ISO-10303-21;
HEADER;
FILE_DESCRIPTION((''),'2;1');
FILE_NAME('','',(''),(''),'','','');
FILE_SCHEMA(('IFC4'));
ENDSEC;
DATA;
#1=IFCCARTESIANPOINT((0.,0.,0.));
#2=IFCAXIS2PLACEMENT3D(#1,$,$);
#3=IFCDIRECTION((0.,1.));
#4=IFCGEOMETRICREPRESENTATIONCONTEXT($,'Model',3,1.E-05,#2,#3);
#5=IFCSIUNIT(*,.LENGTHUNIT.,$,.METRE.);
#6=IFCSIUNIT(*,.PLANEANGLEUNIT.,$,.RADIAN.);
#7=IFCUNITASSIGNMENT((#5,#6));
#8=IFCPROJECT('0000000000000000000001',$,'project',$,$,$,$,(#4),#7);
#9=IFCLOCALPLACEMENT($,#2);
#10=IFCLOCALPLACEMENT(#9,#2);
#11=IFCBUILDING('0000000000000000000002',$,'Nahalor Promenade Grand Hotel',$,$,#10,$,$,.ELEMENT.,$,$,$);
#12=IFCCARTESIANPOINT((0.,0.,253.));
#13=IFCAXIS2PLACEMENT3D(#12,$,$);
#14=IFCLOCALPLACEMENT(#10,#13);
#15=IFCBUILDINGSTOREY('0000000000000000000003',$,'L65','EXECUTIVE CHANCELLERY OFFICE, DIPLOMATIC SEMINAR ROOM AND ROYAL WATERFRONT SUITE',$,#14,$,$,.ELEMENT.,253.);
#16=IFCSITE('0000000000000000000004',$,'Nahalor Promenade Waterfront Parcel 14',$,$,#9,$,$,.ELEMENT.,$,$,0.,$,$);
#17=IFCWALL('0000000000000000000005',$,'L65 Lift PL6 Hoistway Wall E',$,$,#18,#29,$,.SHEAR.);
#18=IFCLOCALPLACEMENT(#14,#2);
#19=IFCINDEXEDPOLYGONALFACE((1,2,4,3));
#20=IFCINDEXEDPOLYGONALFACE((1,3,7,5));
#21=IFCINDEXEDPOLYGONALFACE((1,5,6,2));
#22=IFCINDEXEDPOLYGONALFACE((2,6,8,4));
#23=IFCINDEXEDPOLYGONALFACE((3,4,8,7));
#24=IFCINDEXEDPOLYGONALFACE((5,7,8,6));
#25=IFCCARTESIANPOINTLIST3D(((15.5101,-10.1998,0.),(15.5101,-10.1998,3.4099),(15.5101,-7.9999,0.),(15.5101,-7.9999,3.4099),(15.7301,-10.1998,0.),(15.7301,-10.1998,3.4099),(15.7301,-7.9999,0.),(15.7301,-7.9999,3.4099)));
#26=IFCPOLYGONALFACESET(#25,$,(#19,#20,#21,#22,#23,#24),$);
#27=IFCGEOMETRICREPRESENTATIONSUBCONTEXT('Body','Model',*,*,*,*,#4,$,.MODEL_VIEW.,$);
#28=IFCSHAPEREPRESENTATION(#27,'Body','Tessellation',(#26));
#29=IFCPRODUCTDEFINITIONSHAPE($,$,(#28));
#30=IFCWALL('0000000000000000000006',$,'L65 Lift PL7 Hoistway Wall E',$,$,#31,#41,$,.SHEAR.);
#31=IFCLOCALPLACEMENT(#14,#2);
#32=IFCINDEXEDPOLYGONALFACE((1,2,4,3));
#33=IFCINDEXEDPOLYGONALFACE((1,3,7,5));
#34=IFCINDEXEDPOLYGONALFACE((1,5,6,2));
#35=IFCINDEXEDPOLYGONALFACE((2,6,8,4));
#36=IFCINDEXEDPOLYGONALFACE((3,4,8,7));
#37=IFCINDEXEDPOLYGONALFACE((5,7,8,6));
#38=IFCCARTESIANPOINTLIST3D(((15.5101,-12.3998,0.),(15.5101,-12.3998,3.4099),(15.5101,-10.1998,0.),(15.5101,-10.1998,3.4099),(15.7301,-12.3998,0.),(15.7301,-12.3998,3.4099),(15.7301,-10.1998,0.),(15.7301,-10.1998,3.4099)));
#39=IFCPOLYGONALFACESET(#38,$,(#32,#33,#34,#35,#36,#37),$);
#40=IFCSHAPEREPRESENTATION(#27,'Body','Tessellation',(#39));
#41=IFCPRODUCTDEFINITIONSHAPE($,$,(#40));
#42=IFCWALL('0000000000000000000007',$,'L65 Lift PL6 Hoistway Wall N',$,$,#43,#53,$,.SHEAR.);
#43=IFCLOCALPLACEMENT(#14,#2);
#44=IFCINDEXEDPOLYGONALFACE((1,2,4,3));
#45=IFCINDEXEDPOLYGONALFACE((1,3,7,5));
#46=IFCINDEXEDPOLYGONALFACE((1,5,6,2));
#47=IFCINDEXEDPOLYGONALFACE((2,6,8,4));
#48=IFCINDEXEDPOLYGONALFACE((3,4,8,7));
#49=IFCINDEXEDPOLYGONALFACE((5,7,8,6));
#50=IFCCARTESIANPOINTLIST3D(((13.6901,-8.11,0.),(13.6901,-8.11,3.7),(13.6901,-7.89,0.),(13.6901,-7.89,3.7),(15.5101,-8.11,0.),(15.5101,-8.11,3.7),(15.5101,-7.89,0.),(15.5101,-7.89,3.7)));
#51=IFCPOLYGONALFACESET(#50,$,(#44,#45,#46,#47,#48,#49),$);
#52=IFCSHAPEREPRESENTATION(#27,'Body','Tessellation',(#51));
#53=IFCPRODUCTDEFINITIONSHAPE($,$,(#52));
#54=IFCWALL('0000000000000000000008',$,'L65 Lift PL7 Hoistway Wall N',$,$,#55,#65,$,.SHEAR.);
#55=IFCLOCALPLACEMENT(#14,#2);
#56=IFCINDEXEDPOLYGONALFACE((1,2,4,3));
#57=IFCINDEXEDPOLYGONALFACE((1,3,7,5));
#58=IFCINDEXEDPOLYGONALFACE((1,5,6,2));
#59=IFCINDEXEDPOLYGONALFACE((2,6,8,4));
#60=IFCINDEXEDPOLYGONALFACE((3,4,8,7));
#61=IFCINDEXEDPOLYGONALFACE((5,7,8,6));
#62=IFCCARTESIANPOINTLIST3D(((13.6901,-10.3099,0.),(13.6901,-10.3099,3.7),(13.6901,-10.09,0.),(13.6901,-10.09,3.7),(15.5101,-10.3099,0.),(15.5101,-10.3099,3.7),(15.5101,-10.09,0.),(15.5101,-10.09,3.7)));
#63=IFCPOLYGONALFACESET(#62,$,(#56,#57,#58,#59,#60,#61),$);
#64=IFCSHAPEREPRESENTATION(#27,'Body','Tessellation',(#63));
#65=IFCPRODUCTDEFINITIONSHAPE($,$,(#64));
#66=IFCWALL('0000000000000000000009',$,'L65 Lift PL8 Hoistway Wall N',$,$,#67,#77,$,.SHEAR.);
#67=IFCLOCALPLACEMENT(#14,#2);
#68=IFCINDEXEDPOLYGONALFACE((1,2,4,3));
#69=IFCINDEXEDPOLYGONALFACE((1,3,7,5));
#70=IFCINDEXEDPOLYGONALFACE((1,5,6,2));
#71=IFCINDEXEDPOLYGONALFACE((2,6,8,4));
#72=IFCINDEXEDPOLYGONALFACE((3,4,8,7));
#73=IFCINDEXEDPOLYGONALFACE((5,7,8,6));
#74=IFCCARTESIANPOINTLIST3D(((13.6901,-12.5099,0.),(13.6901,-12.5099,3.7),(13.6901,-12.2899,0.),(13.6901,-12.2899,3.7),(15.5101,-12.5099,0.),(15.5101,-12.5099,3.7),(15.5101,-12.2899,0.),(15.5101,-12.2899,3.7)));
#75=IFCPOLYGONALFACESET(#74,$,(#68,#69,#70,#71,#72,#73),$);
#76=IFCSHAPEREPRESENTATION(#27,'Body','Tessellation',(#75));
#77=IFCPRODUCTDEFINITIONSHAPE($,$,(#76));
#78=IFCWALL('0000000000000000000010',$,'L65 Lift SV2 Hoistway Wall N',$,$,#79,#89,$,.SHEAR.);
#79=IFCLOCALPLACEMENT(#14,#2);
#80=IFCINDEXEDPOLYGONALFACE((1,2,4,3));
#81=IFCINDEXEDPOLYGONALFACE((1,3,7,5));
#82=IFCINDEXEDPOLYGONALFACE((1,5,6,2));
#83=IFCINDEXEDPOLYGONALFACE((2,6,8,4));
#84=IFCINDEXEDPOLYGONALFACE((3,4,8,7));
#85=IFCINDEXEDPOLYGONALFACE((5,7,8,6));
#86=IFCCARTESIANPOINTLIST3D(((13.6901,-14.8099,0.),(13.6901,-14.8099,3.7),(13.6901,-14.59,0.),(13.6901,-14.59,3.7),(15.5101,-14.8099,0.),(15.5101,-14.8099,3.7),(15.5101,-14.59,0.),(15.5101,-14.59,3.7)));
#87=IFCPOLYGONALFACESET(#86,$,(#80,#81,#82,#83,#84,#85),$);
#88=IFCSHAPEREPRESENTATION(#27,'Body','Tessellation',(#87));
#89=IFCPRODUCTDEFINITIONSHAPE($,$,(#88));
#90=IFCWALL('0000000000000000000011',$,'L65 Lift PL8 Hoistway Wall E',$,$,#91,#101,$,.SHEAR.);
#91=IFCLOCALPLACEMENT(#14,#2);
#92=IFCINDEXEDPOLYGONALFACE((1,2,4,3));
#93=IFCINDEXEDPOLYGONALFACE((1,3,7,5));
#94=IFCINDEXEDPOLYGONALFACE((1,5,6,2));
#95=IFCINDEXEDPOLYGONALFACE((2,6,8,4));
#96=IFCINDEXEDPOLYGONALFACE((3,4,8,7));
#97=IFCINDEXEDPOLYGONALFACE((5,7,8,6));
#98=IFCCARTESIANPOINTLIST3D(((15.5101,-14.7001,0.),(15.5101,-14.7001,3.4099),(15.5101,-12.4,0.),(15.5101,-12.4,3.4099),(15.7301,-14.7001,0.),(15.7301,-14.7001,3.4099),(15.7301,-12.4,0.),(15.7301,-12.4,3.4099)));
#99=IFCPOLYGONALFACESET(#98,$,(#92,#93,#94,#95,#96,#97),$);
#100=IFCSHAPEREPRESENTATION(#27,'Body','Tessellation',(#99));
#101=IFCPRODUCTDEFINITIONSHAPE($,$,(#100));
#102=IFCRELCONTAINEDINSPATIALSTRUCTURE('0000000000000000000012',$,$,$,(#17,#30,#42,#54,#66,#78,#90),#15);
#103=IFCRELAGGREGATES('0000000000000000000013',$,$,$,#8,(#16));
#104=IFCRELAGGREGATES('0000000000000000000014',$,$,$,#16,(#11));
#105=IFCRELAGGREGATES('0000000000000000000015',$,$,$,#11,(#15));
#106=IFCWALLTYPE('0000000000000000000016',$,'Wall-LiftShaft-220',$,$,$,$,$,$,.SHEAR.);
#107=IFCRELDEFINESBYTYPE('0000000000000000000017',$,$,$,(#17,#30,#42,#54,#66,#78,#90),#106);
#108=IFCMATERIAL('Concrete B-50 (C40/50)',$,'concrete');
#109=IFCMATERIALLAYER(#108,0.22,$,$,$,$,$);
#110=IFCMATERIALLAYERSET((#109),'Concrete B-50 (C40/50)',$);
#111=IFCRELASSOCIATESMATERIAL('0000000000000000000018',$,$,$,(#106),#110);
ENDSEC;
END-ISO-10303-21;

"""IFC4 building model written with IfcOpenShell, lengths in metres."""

from ifc_helpers import new_model, si_unit, direction, frame, frame_2d, origin, place, context, subcontext, project, spatial, rectangle, extrude, source, transform, mapped, material, layer, layer_set, type_object, element, save


model = new_model("IFC4")

# Units and contexts
model_context = context("Model", 3, precision=1e-05, world=origin(), true_north=direction((0.0, 1.0)))
body_context = subcontext(model_context, "Body", "Model", "MODEL_VIEW")
ifc_project = project(units=[si_unit("LENGTHUNIT", "METRE"), si_unit("PLANEANGLEUNIT", "RADIAN")], contexts=[model_context])

# Site, building, storey
site_placement = place(None, origin())
site = spatial("IfcSite", under=ifc_project, at=site_placement, Name="Nahalor Promenade Waterfront Parcel 14", CompositionType="ELEMENT", RefElevation=0.0)
building_placement = place(site_placement, origin())
building = spatial("IfcBuilding", under=site, at=building_placement, Name="Nahalor Promenade Grand Hotel", CompositionType="ELEMENT")
storey_placement = place(building_placement, frame((0.0, 0.0, 253.0)))
storey = spatial("IfcBuildingStorey", under=building, at=storey_placement, Name="L65", Description="EXECUTIVE CHANCELLERY OFFICE, DIPLOMATIC SEMINAR ROOM AND ROYAL WATERFRONT SUITE", CompositionType="ELEMENT", Elevation=253.0)

# Shared definitions
ifc_material_1 = material(Name="Concrete B-50 (C40/50)", Category="concrete")
ifc_layer_1 = layer(ifc_material_1, 0.22)
ifc_layer_set_1 = layer_set([ifc_layer_1], Name="Concrete B-50 (C40/50)")
wall_type_1 = type_object("IfcWallType", Name="Wall-LiftShaft-220", PredefinedType="SHEAR", material=ifc_layer_set_1)

# Walls
shared_shape_1 = source(origin(), body_context, "Body", "SweptSolid", [
    extrude(rectangle(XDim=2.2, YDim=0.22, at=frame_2d((1.1001, 0.0))), origin(), (0.0, 0.0, 1.0), 3.4099),
])
for number, where, z_axis, x_axis, name in (
    (1, (15.6201, -10.2, 0.0), (0.0, 0.0, 1.0), (0.0, 1.0, 0.0), "L65 Lift PL6 Hoistway Wall E"),
    (2, (15.6201, -12.3999, 0.0), (0.0, 0.0, 1.0), (0.0, 1.0, 0.0), "L65 Lift PL7 Hoistway Wall E"),
):
    element("IfcWall", number, at=place(storey_placement, frame(where, z_axis=z_axis, x_axis=x_axis)), inside=storey, type_object=wall_type_1, Name=name, PredefinedType="SHEAR", context=body_context, shape_type="MappedRepresentation", body=[
        mapped(shared_shape_1, transform((0.0, 0.0, 0.0), scale=1.0)),
    ])
shared_shape_2 = source(origin(), body_context, "Body", "SweptSolid", [
    extrude(rectangle(XDim=1.8201, YDim=0.22, at=frame_2d((0.9102, 0.0))), origin(), (0.0, 0.0, 1.0), 3.7),
])
for number, where, z_axis, x_axis, name in (
    (3, (13.6899, -8.0, 0.0), (0.0, 0.0, 1.0), (1.0, 0.0, 0.0), "L65 Lift PL6 Hoistway Wall N"),
    (4, (13.6899, -10.2, 0.0), (0.0, 0.0, 1.0), (1.0, 0.0, 0.0), "L65 Lift PL7 Hoistway Wall N"),
    (5, (13.6899, -12.3999, 0.0), (0.0, 0.0, 1.0), (1.0, 0.0, 0.0), "L65 Lift PL8 Hoistway Wall N"),
    (6, (13.6899, -14.7, 0.0), (0.0, 0.0, 1.0), (1.0, 0.0, 0.0), "L65 Lift SV2 Hoistway Wall N"),
):
    element("IfcWall", number, at=place(storey_placement, frame(where, z_axis=z_axis, x_axis=x_axis)), inside=storey, type_object=wall_type_1, Name=name, PredefinedType="SHEAR", context=body_context, shape_type="MappedRepresentation", body=[
        mapped(shared_shape_2, transform((0.0, 0.0, 0.0), scale=1.0)),
    ])
shared_shape_3 = source(origin(), body_context, "Body", "SweptSolid", [
    extrude(rectangle(XDim=2.3, YDim=0.22, at=frame_2d((1.1499, 0.0))), origin(), (0.0, 0.0, 1.0), 3.4099),
])
wall_1_placement = place(storey_placement, frame((15.6201, -14.7, 0.0), z_axis=(0.0, 0.0, 1.0), x_axis=(0.0, 1.0, 0.0)))
element("IfcWall", 7, at=wall_1_placement, inside=storey, type_object=wall_type_1, Name="L65 Lift PL8 Hoistway Wall E", PredefinedType="SHEAR", context=body_context, shape_type="MappedRepresentation", body=[
    mapped(shared_shape_3, transform((0.0, 0.0, 0.0), scale=1.0)),
])

save(model, "model.ifc")
